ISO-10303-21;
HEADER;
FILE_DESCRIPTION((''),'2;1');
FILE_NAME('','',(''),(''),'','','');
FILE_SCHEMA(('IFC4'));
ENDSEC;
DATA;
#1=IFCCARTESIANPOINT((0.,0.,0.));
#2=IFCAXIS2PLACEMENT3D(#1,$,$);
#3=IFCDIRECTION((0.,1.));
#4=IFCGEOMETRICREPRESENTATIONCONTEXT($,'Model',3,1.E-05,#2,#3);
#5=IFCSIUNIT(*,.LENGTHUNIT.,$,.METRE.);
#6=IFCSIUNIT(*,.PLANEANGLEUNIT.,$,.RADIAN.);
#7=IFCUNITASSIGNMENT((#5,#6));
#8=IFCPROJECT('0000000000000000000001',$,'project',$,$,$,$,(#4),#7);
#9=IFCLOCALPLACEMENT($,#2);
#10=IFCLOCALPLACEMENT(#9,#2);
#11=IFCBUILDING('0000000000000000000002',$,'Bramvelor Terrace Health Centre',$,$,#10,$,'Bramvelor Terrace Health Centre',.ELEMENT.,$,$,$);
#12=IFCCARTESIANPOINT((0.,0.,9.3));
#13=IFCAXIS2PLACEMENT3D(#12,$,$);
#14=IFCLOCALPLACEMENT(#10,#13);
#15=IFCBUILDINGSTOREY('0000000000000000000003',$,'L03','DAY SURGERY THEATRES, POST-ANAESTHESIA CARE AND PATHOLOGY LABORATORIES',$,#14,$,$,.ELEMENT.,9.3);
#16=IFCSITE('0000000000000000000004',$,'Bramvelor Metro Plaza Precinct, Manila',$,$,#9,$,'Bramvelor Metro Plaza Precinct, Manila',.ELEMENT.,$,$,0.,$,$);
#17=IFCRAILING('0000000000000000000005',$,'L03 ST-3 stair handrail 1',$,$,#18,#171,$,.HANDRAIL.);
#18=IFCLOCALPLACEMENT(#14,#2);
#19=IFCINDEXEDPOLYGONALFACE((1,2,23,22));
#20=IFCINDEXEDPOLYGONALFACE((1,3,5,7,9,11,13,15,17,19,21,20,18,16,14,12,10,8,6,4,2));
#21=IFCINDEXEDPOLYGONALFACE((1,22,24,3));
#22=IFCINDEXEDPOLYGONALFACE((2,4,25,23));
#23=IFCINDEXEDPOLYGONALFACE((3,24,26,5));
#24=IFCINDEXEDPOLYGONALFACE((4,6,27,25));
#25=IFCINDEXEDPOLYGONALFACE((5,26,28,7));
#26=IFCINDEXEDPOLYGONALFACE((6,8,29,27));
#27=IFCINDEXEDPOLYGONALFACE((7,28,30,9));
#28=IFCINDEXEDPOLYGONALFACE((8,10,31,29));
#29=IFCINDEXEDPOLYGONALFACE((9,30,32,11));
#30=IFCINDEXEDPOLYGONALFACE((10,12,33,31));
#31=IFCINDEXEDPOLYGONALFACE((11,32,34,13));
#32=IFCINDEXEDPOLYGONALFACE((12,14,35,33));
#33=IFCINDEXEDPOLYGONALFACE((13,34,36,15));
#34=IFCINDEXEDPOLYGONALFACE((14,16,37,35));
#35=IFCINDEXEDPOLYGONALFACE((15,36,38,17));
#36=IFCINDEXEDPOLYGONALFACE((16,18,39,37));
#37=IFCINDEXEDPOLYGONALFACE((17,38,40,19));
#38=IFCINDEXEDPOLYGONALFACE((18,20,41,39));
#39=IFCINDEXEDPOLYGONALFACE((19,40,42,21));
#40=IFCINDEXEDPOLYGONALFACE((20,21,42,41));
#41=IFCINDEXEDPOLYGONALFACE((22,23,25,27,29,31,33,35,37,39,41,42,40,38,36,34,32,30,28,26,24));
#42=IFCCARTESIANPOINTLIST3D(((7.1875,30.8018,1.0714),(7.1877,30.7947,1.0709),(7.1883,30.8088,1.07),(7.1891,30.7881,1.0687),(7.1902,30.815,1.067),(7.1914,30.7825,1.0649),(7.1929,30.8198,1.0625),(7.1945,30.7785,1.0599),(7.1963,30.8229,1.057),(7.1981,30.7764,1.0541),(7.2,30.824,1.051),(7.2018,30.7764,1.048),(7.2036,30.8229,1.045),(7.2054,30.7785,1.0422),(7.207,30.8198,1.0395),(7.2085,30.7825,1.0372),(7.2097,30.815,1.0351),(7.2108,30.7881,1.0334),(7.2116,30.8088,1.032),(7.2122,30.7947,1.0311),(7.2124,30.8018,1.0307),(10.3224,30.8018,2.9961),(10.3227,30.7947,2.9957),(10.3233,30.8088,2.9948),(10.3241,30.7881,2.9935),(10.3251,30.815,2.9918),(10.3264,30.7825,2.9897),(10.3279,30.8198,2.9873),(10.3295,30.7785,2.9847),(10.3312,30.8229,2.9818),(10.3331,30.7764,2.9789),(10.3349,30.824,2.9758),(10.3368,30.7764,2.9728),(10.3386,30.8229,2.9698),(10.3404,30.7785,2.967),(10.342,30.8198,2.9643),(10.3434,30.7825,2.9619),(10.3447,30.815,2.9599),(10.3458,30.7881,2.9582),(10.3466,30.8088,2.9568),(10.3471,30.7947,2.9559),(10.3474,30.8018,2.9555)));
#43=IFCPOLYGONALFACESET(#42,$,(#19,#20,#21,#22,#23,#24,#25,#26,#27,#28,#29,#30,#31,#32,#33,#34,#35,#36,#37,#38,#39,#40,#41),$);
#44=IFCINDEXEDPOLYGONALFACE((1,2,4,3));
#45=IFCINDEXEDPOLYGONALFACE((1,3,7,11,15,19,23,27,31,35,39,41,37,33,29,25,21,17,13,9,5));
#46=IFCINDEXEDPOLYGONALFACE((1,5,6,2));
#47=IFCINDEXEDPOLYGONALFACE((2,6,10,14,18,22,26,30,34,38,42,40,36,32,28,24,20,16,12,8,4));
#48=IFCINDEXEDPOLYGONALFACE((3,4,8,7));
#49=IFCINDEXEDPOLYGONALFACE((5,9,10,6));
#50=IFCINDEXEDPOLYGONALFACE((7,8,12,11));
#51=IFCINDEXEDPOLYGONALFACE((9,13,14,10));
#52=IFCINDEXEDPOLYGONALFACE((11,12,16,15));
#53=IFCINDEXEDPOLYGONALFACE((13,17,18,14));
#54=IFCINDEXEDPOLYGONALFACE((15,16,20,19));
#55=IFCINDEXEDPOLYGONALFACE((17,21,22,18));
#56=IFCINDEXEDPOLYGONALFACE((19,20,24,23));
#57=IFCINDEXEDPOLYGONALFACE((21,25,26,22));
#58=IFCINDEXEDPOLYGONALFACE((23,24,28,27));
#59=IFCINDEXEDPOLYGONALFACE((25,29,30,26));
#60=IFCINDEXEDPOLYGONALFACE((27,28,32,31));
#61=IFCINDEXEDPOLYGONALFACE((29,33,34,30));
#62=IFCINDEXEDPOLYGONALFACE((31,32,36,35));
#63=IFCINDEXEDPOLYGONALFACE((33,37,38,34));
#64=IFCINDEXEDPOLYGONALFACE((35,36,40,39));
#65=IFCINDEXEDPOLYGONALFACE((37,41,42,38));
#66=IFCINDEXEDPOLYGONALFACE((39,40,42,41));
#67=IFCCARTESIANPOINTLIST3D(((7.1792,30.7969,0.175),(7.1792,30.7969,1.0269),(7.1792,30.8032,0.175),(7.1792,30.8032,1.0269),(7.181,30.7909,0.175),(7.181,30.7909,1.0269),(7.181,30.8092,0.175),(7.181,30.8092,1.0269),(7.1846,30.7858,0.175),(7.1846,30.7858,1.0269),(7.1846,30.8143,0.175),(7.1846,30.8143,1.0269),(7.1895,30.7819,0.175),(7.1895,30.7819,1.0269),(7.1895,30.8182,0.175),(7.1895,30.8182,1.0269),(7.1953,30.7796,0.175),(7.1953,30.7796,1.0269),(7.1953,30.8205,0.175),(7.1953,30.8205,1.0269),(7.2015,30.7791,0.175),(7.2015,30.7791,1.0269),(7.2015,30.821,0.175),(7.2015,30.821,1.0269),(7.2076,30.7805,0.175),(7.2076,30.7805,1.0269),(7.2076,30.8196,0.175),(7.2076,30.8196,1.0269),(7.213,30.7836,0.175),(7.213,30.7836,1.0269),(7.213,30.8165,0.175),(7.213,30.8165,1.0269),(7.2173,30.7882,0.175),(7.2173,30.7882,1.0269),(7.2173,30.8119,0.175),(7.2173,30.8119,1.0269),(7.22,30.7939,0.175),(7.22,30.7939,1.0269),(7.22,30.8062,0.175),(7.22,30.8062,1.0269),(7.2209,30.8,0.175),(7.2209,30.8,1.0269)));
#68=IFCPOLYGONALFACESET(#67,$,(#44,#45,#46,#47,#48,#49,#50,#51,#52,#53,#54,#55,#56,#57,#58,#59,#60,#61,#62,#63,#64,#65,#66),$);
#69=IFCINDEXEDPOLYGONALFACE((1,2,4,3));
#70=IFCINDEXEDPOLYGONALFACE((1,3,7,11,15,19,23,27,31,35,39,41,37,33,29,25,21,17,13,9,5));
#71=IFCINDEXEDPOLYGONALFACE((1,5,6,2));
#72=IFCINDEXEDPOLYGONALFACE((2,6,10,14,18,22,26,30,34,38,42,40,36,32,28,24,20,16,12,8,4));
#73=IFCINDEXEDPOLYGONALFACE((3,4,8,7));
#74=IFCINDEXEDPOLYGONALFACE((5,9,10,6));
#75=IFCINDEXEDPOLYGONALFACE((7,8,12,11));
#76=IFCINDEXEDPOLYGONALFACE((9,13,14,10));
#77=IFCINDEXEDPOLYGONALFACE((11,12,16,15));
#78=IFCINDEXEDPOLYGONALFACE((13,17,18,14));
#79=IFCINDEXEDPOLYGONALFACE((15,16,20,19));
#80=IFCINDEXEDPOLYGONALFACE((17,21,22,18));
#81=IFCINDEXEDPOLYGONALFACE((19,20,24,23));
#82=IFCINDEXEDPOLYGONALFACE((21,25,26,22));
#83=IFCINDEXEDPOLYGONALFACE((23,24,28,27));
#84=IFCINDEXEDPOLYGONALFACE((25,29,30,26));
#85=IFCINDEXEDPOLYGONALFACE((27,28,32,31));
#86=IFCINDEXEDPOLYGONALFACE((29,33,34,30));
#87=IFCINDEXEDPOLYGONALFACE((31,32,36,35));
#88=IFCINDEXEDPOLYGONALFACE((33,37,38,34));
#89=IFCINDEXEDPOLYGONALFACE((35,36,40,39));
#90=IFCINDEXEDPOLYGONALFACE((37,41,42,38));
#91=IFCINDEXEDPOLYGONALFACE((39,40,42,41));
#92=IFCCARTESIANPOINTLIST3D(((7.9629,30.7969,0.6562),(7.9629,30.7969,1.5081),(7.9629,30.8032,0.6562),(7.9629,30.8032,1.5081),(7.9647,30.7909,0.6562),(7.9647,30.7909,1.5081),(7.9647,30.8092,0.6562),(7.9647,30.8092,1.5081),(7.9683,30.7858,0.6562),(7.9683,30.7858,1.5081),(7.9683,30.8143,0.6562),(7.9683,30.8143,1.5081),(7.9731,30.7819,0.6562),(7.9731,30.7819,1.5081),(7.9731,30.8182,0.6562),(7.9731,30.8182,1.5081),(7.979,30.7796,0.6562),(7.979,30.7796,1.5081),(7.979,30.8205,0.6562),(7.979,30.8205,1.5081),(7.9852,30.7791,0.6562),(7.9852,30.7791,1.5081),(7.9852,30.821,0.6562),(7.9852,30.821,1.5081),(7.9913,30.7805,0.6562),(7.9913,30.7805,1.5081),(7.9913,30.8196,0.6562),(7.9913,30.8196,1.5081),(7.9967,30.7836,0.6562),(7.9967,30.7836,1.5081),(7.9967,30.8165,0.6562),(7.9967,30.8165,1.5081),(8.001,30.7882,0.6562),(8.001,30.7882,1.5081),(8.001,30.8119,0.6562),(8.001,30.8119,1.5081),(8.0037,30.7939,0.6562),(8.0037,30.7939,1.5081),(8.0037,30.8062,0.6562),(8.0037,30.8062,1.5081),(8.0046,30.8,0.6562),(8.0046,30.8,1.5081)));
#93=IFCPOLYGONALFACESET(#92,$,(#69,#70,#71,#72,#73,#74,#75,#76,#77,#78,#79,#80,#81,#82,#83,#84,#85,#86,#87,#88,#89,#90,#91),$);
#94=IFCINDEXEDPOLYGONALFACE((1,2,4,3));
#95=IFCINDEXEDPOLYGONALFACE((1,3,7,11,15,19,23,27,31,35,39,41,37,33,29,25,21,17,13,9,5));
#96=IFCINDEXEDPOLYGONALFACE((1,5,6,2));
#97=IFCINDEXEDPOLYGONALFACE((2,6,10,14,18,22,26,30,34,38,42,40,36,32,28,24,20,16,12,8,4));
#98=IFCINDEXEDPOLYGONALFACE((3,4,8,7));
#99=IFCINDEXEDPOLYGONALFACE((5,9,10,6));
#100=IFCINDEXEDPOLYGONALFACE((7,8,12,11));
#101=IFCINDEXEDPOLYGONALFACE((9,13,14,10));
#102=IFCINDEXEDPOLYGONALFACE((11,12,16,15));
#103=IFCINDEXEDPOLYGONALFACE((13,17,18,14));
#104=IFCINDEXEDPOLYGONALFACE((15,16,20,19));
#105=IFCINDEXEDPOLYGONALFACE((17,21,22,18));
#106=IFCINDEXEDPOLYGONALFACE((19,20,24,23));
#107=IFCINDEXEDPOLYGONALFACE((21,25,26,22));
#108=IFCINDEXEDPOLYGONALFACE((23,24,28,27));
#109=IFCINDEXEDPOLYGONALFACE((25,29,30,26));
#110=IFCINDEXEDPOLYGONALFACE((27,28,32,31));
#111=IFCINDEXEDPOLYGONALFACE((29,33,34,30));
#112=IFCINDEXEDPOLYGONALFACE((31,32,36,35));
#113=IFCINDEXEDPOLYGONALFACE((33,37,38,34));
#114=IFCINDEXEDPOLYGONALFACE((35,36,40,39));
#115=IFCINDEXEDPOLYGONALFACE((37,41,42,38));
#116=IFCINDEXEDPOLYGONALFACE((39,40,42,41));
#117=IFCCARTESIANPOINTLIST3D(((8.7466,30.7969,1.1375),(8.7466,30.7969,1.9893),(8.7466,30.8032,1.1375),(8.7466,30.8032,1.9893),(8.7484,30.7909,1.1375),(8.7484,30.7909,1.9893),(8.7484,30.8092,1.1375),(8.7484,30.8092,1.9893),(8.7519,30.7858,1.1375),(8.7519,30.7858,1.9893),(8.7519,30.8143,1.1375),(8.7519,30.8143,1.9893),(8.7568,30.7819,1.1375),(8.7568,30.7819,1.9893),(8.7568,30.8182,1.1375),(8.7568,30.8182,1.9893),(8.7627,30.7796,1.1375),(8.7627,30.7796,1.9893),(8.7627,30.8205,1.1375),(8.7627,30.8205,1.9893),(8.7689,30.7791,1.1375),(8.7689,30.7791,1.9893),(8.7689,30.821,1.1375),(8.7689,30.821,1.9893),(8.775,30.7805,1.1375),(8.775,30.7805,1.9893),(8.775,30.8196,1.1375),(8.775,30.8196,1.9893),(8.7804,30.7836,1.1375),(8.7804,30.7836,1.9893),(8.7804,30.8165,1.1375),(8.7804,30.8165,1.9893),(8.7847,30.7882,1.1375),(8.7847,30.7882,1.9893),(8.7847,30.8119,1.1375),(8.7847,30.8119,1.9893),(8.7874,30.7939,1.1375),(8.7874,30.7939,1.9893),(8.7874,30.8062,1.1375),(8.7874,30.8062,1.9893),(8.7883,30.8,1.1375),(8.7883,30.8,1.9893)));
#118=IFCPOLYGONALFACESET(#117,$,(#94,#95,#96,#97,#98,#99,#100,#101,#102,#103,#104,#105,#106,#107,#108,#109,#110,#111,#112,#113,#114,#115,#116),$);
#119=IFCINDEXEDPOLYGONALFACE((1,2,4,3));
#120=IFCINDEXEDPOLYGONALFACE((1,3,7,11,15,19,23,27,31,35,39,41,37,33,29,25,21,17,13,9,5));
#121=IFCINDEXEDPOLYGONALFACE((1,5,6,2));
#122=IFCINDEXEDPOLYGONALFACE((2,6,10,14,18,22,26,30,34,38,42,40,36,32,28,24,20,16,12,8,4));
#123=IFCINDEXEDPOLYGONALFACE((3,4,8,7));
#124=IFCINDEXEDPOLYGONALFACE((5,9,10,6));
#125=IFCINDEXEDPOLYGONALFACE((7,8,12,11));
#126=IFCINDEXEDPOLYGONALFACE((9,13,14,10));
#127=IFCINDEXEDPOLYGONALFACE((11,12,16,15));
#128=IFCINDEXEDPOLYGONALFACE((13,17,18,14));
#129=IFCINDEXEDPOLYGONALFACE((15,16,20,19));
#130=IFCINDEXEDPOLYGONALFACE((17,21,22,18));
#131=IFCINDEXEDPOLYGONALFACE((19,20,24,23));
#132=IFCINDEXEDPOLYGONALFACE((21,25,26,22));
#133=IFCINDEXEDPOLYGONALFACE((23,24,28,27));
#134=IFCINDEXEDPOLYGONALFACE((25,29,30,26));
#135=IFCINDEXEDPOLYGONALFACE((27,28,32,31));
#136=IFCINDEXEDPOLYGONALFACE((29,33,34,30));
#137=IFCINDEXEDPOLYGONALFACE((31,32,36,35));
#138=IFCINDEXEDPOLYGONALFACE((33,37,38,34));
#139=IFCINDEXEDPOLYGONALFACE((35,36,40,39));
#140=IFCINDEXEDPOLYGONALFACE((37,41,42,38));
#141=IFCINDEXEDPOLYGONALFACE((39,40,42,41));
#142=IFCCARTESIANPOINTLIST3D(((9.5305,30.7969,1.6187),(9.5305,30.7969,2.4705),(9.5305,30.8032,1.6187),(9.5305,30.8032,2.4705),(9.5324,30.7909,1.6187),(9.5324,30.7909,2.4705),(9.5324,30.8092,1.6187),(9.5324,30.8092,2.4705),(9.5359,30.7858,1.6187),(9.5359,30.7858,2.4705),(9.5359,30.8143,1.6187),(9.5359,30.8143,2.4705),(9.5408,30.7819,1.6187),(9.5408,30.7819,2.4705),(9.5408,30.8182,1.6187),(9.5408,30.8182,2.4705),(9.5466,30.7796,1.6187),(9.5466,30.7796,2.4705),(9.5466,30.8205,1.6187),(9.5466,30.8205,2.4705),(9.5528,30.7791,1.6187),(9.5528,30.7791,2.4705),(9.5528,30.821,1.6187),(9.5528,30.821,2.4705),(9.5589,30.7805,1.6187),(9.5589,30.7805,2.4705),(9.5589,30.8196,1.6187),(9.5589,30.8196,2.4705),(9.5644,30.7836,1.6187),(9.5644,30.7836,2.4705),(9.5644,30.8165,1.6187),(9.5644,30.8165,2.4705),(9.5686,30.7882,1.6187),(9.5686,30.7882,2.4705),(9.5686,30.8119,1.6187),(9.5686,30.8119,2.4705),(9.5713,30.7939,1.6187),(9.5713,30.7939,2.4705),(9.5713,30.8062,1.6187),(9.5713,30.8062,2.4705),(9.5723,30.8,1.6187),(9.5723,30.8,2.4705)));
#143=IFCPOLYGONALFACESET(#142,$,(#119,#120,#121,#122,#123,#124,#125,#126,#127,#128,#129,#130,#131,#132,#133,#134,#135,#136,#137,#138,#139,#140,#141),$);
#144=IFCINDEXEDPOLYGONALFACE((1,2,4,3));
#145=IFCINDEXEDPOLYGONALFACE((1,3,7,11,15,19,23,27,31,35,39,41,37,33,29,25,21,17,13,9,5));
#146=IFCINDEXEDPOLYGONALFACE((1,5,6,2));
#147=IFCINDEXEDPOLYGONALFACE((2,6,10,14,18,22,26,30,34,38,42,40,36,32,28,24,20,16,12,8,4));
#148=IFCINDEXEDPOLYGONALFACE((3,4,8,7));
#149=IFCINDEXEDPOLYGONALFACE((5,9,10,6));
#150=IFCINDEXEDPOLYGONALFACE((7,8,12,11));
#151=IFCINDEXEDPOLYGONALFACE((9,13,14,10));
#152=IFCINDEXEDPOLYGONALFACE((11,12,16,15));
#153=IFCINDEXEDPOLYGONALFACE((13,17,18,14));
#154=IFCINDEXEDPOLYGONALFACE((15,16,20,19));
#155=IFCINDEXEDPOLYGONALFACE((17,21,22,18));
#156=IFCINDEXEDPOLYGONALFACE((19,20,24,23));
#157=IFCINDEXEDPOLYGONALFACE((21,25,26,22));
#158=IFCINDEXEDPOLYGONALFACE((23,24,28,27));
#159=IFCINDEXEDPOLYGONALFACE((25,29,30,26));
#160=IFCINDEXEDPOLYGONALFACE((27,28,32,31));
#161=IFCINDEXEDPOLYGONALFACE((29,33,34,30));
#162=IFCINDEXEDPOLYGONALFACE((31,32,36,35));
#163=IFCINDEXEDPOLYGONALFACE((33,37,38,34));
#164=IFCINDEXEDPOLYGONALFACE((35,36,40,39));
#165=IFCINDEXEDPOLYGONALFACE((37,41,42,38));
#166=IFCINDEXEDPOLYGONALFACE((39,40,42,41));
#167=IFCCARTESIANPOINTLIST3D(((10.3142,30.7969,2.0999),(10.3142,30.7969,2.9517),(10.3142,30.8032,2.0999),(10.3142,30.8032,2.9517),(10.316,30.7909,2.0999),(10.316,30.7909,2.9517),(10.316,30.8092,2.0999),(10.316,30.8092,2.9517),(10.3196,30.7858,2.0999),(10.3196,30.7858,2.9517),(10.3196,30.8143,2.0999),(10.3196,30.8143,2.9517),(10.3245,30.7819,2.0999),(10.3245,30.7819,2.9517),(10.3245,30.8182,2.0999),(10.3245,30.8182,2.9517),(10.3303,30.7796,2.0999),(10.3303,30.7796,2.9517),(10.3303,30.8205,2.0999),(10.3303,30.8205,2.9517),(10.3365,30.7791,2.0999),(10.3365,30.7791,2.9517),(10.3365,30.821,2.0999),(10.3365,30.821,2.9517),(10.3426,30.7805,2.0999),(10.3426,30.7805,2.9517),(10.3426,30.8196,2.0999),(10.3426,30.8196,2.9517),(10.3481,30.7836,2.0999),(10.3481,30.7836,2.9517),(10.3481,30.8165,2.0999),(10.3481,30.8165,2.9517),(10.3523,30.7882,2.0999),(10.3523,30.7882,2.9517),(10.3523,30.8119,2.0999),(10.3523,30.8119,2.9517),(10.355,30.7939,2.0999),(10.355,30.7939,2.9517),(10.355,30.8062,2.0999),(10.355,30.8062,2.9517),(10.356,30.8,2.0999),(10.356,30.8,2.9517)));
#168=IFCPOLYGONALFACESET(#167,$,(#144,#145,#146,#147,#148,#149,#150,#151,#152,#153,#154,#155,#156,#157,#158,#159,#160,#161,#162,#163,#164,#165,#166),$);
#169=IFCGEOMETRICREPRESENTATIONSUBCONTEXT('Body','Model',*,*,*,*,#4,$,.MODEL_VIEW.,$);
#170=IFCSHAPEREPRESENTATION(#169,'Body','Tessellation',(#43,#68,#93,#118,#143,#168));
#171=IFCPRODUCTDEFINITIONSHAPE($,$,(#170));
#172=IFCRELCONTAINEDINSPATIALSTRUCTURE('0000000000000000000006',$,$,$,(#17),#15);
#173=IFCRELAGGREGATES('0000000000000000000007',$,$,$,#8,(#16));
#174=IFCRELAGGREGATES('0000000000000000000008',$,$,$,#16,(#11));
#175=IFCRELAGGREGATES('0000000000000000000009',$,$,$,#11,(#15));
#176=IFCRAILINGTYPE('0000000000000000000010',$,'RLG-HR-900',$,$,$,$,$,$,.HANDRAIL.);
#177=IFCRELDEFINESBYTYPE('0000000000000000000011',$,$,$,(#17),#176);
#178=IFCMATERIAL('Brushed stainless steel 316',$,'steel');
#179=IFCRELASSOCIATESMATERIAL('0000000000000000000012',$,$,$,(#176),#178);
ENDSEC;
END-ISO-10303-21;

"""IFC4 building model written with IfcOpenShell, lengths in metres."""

from ifc_helpers import new_model, si_unit, direction, frame, origin, origin_2d, place, context, subcontext, project, spatial, circle, extrude, material, type_object, element, save


model = new_model("IFC4")

# Units and contexts
model_context = context("Model", 3, precision=1e-05, world=origin(), true_north=direction((0.0, 1.0)))
body_context = subcontext(model_context, "Body", "Model", "MODEL_VIEW")
ifc_project = project(units=[si_unit("LENGTHUNIT", "METRE"), si_unit("PLANEANGLEUNIT", "RADIAN")], contexts=[model_context])

# Site, building, storey
site_placement = place(None, origin())
site = spatial("IfcSite", under=ifc_project, at=site_placement, Name="Bramvelor Metro Plaza Precinct, Manila", LongName="Bramvelor Metro Plaza Precinct, Manila", CompositionType="ELEMENT", RefElevation=0.0)
building_placement = place(site_placement, origin())
building = spatial("IfcBuilding", under=site, at=building_placement, Name="Bramvelor Terrace Health Centre", LongName="Bramvelor Terrace Health Centre", CompositionType="ELEMENT")
storey_placement = place(building_placement, frame((0.0, 0.0, 9.3)))
storey = spatial("IfcBuildingStorey", under=building, at=storey_placement, Name="L03", Description="DAY SURGERY THEATRES, POST-ANAESTHESIA CARE AND PATHOLOGY LABORATORIES", CompositionType="ELEMENT", Elevation=9.3)

# Railing
ifc_material_1 = material(Name="Brushed stainless steel 316", Category="steel")
railing_type_1 = type_object("IfcRailingType", Name="RLG-HR-900", PredefinedType="HANDRAIL", material=ifc_material_1)
railing_1_placement = place(storey_placement, frame((7.2, 30.8, 0.175)))
element("IfcRailing", 1, at=railing_1_placement, inside=storey, type_object=railing_type_1, Name="L03 ST-3 stair handrail 1", PredefinedType="HANDRAIL", context=body_context, shape_type="SweptSolid", body=[
    extrude(circle(Radius=0.0239, at=origin_2d()), frame((0.0, 0.0, 0.876), z_axis=(0.852196, 0.0, 0.523223), x_axis=(0.0, 1.0, 0.0)), (0.0, 0.0, 1.0), 3.6787),
    extrude(circle(Radius=0.021, at=origin_2d()), origin(), (0.0, 0.0, 1.0), 0.8518),
    extrude(circle(Radius=0.021, at=origin_2d()), frame((0.7837, 0.0, 0.4812)), (0.0, 0.0, 1.0), 0.8518),
    extrude(circle(Radius=0.021, at=origin_2d()), frame((1.5674, 0.0, 0.9624)), (0.0, 0.0, 1.0), 0.8518),
    extrude(circle(Radius=0.021, at=origin_2d()), frame((2.3513, 0.0, 1.4436)), (0.0, 0.0, 1.0), 0.8518),
    extrude(circle(Radius=0.021, at=origin_2d()), frame((3.135, 0.0, 1.9248)), (0.0, 0.0, 1.0), 0.8518),
])

save(model, "model.ifc")
